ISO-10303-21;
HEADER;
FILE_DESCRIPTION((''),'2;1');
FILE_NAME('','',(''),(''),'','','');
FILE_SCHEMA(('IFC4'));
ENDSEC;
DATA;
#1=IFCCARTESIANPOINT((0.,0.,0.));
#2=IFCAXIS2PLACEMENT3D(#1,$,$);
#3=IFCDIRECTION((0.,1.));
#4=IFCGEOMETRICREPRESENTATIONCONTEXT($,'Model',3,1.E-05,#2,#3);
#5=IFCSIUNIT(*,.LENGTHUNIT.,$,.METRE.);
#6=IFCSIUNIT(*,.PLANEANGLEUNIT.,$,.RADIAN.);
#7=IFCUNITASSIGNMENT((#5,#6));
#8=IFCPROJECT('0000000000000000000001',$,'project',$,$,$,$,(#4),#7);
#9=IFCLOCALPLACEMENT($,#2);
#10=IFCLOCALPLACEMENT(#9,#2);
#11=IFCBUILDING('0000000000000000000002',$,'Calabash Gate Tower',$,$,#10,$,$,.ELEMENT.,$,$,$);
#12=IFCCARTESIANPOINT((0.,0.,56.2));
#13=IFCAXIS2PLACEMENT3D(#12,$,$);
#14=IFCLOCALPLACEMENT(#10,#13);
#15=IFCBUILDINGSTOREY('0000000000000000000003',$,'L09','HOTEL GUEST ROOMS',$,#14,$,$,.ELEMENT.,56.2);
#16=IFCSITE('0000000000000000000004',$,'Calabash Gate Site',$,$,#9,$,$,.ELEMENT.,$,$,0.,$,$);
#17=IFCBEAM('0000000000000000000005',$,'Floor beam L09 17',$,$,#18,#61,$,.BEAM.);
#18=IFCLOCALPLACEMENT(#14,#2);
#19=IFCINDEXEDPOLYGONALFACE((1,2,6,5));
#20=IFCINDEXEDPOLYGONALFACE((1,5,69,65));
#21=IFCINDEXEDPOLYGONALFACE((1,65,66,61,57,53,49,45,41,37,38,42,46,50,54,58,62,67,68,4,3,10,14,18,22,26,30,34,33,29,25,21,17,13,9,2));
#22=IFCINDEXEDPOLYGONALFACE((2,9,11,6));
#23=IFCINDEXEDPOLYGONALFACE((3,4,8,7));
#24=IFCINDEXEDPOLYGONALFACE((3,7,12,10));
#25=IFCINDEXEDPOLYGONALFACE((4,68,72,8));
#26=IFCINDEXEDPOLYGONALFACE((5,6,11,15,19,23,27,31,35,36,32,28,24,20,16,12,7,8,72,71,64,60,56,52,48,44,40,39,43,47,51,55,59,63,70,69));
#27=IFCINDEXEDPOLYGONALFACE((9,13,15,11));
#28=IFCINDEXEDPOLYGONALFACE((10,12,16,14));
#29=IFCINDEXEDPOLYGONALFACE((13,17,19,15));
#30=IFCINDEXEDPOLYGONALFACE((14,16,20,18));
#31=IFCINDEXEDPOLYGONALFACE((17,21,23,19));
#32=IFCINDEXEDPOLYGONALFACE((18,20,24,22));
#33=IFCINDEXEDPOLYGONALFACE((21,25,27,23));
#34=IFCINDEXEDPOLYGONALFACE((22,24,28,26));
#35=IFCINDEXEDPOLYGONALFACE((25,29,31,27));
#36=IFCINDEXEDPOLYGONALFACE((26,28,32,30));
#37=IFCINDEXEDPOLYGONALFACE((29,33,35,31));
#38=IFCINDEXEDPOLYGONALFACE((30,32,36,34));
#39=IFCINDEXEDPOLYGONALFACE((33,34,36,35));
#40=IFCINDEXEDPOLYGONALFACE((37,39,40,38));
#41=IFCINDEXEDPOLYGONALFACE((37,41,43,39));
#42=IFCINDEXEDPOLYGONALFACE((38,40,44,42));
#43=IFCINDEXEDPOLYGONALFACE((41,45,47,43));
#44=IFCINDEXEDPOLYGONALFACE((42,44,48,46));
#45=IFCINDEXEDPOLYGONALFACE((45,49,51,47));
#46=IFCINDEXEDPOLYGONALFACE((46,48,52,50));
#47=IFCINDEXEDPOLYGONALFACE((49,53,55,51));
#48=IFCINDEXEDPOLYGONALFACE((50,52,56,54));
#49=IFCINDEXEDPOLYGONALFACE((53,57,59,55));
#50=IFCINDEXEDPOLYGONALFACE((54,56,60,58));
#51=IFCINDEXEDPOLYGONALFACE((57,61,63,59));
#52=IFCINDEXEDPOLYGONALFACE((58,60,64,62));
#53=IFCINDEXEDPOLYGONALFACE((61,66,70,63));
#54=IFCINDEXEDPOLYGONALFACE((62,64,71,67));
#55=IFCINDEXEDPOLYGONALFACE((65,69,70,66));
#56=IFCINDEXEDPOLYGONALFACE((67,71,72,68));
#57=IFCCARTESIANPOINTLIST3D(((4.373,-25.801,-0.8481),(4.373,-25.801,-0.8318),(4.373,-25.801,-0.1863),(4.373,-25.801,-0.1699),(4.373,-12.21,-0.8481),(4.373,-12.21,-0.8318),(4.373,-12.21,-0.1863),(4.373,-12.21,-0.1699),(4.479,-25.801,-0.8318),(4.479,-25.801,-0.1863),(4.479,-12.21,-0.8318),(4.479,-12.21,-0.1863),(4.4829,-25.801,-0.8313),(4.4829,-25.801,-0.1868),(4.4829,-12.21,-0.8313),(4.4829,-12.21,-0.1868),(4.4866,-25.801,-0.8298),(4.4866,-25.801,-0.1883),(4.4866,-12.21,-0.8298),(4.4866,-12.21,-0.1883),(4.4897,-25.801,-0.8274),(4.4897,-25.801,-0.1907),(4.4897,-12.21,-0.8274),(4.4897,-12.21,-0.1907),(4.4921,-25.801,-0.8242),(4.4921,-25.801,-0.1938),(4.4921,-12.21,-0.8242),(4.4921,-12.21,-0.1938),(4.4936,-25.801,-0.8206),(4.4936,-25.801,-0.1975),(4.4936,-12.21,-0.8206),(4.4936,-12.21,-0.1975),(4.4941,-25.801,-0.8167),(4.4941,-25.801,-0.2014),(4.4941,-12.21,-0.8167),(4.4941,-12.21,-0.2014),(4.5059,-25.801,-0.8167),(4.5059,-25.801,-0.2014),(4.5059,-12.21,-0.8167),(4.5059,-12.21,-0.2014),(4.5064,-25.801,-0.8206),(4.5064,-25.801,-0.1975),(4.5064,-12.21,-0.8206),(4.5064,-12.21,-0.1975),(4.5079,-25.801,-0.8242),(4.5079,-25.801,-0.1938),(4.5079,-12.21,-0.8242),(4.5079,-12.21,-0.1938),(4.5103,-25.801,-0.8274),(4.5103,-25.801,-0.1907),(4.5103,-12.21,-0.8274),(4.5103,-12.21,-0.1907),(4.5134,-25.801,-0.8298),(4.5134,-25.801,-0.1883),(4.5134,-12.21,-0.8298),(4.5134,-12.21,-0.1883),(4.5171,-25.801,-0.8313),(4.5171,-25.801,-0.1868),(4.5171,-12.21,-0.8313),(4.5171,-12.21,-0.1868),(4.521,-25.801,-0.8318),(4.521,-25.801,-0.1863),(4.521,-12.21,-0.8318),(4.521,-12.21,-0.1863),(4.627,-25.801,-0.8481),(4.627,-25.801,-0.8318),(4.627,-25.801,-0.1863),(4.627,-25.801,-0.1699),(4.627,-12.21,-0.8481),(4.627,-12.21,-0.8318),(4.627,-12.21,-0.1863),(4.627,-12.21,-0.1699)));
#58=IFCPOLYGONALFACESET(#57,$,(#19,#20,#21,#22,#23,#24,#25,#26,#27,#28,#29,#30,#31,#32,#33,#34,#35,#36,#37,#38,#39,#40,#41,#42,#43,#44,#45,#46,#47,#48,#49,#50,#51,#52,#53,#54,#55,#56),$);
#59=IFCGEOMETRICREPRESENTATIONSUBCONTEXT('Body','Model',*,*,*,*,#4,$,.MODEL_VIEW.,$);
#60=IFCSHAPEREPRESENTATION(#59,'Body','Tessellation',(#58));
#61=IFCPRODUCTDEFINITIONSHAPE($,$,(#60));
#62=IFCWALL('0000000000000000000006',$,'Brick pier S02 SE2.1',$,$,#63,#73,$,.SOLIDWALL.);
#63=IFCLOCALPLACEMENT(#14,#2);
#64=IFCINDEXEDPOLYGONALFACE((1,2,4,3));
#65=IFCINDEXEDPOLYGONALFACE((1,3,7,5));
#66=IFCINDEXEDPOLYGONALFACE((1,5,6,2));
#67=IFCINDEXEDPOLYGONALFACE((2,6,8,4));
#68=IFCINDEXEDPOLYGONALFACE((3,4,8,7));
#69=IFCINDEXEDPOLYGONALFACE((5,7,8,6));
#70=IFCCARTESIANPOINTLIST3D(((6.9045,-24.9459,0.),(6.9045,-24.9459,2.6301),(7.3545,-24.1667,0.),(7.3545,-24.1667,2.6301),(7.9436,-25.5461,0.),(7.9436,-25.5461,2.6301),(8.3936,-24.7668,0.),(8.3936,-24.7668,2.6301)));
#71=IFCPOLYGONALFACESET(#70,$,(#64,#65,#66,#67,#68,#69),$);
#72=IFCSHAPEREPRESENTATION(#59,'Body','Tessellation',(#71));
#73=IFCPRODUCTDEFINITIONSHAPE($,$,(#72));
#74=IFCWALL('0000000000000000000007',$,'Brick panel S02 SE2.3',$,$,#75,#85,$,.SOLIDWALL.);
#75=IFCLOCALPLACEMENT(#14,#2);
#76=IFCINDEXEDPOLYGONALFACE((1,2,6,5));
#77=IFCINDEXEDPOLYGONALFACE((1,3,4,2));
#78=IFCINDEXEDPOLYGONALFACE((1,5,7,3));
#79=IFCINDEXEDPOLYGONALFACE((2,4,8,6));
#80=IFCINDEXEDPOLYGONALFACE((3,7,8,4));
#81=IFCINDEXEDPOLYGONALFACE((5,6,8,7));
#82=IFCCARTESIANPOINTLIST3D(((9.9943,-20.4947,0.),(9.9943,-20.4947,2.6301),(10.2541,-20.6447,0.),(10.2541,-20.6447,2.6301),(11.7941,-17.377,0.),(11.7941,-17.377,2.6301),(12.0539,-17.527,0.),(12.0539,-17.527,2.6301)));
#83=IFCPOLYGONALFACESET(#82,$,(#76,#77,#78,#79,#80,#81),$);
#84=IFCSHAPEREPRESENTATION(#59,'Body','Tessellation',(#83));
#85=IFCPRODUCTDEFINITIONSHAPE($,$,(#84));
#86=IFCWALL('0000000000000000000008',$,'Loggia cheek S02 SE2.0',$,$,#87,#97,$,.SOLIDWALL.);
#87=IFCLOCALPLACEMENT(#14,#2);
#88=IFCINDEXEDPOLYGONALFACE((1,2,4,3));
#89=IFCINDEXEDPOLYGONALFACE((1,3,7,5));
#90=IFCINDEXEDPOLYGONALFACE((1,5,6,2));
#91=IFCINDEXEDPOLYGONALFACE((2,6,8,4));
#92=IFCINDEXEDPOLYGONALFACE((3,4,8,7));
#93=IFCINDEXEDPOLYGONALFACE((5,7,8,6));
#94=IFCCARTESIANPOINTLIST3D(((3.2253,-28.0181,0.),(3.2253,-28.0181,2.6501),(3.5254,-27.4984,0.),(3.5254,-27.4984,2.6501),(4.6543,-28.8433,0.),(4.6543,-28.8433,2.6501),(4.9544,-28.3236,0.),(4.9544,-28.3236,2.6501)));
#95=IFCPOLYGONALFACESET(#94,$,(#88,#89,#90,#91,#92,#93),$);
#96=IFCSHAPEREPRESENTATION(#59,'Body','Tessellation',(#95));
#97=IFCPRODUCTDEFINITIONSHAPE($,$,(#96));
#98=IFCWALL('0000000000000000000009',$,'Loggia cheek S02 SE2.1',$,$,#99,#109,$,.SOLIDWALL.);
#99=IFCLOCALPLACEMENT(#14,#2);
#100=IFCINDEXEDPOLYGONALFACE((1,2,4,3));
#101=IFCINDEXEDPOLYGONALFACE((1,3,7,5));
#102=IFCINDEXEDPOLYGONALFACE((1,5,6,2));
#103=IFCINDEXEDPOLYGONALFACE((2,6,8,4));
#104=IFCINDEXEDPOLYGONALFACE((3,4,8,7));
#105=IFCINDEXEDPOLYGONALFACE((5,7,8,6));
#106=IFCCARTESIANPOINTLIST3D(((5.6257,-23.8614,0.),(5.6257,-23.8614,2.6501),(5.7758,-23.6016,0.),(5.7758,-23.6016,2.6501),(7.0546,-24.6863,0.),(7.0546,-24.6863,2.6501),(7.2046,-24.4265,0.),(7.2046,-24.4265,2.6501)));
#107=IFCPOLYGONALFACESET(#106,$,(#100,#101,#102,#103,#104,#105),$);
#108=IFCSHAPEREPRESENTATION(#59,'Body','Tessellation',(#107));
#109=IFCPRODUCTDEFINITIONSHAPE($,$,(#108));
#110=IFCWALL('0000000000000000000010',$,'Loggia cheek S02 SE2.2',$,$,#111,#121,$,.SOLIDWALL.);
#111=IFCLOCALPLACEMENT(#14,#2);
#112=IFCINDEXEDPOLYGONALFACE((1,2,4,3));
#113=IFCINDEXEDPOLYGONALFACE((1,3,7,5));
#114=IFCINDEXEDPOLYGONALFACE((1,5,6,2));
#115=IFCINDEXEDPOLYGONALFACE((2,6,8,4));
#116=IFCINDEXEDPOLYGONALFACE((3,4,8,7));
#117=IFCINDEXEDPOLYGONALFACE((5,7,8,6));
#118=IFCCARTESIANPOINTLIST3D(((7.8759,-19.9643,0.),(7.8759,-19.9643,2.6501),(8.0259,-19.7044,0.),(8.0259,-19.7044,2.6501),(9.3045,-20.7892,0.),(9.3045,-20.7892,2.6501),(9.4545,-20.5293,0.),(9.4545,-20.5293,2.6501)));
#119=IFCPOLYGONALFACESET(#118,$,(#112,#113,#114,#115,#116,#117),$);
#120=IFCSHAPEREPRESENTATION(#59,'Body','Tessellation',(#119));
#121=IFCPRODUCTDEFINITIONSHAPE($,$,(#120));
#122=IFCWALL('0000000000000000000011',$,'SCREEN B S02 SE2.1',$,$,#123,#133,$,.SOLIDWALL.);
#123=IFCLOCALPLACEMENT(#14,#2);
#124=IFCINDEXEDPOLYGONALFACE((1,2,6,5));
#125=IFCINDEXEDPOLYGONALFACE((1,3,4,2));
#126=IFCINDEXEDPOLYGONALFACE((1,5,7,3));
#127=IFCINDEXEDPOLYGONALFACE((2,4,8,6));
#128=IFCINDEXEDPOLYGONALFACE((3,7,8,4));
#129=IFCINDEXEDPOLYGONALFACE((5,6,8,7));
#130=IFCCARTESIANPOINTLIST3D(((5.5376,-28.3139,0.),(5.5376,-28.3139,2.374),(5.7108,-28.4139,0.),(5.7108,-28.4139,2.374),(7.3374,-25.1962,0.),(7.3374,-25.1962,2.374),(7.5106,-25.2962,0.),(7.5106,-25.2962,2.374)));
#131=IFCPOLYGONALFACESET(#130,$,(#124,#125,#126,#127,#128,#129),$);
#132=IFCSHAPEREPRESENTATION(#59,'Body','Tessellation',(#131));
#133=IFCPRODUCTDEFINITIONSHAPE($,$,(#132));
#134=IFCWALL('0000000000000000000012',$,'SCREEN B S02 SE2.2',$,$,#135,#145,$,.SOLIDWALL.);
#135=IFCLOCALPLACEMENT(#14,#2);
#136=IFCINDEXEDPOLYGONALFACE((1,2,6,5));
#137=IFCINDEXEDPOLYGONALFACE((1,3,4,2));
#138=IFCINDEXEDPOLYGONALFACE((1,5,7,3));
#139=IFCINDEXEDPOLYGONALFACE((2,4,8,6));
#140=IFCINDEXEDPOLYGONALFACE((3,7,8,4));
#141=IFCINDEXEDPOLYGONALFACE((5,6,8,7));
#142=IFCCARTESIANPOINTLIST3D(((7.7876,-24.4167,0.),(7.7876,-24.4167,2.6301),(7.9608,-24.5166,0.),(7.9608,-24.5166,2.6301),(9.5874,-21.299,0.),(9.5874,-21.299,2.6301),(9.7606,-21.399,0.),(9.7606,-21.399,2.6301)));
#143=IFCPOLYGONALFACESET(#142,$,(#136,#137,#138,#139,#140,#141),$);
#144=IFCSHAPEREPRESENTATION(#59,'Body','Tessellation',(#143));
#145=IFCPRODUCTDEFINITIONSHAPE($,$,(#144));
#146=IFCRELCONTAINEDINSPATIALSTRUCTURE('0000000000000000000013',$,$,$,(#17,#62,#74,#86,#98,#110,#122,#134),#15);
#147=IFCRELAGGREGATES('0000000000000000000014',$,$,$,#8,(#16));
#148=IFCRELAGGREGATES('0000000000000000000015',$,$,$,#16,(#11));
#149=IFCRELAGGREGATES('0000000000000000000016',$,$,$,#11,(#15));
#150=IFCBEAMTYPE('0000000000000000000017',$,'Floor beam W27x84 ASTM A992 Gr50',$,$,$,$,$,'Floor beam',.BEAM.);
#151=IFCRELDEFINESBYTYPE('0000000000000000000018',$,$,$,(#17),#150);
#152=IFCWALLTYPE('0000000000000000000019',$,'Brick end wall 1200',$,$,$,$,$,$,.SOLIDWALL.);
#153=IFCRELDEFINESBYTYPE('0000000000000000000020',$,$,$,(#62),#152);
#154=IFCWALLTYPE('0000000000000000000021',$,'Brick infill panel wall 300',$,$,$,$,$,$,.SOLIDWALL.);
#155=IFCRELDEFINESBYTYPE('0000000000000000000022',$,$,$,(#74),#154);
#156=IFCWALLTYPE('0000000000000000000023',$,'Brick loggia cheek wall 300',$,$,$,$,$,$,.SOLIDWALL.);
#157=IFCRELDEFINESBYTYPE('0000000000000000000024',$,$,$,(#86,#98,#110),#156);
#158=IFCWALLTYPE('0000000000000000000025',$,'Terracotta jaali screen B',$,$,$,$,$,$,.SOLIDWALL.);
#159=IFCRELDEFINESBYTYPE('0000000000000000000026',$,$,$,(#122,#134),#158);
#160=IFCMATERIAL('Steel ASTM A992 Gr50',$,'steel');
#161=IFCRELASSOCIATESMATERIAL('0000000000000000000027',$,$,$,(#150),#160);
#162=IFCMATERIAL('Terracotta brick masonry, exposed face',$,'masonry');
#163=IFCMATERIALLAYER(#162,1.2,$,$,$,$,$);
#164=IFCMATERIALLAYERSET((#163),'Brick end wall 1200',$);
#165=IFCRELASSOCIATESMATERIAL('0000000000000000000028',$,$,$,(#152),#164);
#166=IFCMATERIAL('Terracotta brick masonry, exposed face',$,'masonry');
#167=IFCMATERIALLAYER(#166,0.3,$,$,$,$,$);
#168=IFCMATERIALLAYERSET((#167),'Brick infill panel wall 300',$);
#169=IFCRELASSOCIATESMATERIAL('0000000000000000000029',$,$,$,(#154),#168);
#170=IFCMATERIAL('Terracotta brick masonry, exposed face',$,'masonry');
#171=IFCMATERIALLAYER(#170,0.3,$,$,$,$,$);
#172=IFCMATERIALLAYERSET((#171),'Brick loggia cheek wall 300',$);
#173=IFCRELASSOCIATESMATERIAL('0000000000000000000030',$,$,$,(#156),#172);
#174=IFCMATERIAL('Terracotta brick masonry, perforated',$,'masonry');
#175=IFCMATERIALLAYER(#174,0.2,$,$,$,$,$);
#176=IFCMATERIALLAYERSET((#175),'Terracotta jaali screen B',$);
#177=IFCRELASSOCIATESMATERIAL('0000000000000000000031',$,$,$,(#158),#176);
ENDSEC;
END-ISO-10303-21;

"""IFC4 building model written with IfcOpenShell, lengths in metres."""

from ifc_helpers import new_model, si_unit, direction, frame, frame_2d, origin, origin_2d, place, context, subcontext, project, spatial, rectangle, i_section, extrude, material, layer, layer_set, material_profile, profile_set, type_object, element, save


model = new_model("IFC4")

# Units and contexts
model_context = context("Model", 3, precision=1e-05, world=origin(), true_north=direction((0.0, 1.0)))
body_context = subcontext(model_context, "Body", "Model", "MODEL_VIEW")
ifc_project = project(units=[si_unit("LENGTHUNIT", "METRE"), si_unit("PLANEANGLEUNIT", "RADIAN")], contexts=[model_context])

# Site, building, storey
site_placement = place(None, origin())
site = spatial("IfcSite", under=ifc_project, at=site_placement, Name="Calabash Gate Site", CompositionType="ELEMENT", RefElevation=0.0)
building_placement = place(site_placement, origin())
building = spatial("IfcBuilding", under=site, at=building_placement, Name="Calabash Gate Tower", CompositionType="ELEMENT")
storey_placement = place(building_placement, frame((0.0, 0.0, 56.2)))
storey = spatial("IfcBuildingStorey", under=building, at=storey_placement, Name="L09", Description="HOTEL GUEST ROOMS", CompositionType="ELEMENT", Elevation=56.2)

# Beam
ifc_material_1 = material(Name="Steel ASTM A992 Gr50", Category="steel")
ifc_material_profile_1 = material_profile(ifc_material_1, i_section(OverallWidth=0.2539, OverallDepth=0.6782, WebThickness=0.0117, FlangeThickness=0.0164, FilletRadius=0.0151, at=origin_2d()))
ifc_profile_set_1 = profile_set([ifc_material_profile_1], Name="Steel ASTM A992 Gr50")
beam_type_1 = type_object("IfcBeamType", Name="Floor beam W27x84 ASTM A992 Gr50", ElementType="Floor beam", PredefinedType="BEAM", material=ifc_profile_set_1)
beam_1_placement = place(storey_placement, frame((4.5, -25.801, -0.509), z_axis=(0.0, 1.0, 0.0), x_axis=(-1.0, 0.0, 0.0)))
element("IfcBeam", 1, at=beam_1_placement, inside=storey, type_object=beam_type_1, Name="Floor beam L09 17", PredefinedType="BEAM", context=body_context, shape_type="SweptSolid", body=[
    extrude(i_section(OverallWidth=0.2539, OverallDepth=0.6782, WebThickness=0.0117, FlangeThickness=0.0164, FilletRadius=0.0151, at=origin_2d()), origin(), (0.0, 0.0, 1.0), 13.5911),
])

# Walls
ifc_material_2 = material(Name="Terracotta brick masonry, exposed face", Category="masonry")
ifc_layer_1 = layer(ifc_material_2, 1.2)
ifc_layer_set_1 = layer_set([ifc_layer_1], Name="Brick end wall 1200")
wall_type_1 = type_object("IfcWallType", Name="Brick end wall 1200", PredefinedType="SOLIDWALL", material=ifc_layer_set_1)
wall_1_placement = place(storey_placement, frame((8.1687, -25.1565, 0.0), z_axis=(0.0, 0.0, 1.0), x_axis=(-0.865955, 0.500122, 0.0)))
element("IfcWall", 2, at=wall_1_placement, inside=storey, type_object=wall_type_1, Name="Brick pier S02 SE2.1", PredefinedType="SOLIDWALL", context=body_context, shape_type="SweptSolid", body=[
    extrude(rectangle(XDim=1.2, YDim=0.8999, at=frame_2d((0.6001, 0.0))), origin(), (0.0, 0.0, 1.0), 2.6301),
])
ifc_material_3 = material(Name="Terracotta brick masonry, exposed face", Category="masonry")
ifc_layer_2 = layer(ifc_material_3, 0.3)
ifc_layer_set_2 = layer_set([ifc_layer_2], Name="Brick infill panel wall 300")
wall_type_2 = type_object("IfcWallType", Name="Brick infill panel wall 300", PredefinedType="SOLIDWALL", material=ifc_layer_set_2)
wall_2_placement = place(storey_placement, frame((10.1243, -20.5696, 0.0), z_axis=(0.0, 0.0, 1.0), x_axis=(0.499961, 0.866048, 0.0)))
element("IfcWall", 3, at=wall_2_placement, inside=storey, type_object=wall_type_2, Name="Brick panel S02 SE2.3", PredefinedType="SOLIDWALL", context=body_context, shape_type="SweptSolid", body=[
    extrude(rectangle(XDim=3.5999, YDim=0.3, at=frame_2d((1.7998, 0.0))), origin(), (0.0, 0.0, 1.0), 2.6301),
])
ifc_material_4 = material(Name="Terracotta brick masonry, exposed face", Category="masonry")
ifc_layer_3 = layer(ifc_material_4, 0.3)
ifc_layer_set_3 = layer_set([ifc_layer_3], Name="Brick loggia cheek wall 300")
wall_type_3 = type_object("IfcWallType", Name="Brick loggia cheek wall 300", PredefinedType="SOLIDWALL", material=ifc_layer_set_3)
wall_3_placement = place(storey_placement, frame((4.8044, -28.5835, 0.0), z_axis=(0.0, 0.0, 1.0), x_axis=(-0.865976, 0.500085, 0.0)))
element("IfcWall", 4, at=wall_3_placement, inside=storey, type_object=wall_type_3, Name="Loggia cheek S02 SE2.0", PredefinedType="SOLIDWALL", context=body_context, shape_type="SweptSolid", body=[
    extrude(rectangle(XDim=1.6501, YDim=0.6001, at=frame_2d((0.8252, 0.0))), origin(), (0.0, 0.0, 1.0), 2.6501),
])
wall_4_placement = place(storey_placement, frame((7.1296, -24.5564, 0.0), z_axis=(0.0, 0.0, 1.0), x_axis=(-0.86604, 0.499974, 0.0)))
element("IfcWall", 5, at=wall_4_placement, inside=storey, type_object=wall_type_3, Name="Loggia cheek S02 SE2.1", PredefinedType="SOLIDWALL", context=body_context, shape_type="SweptSolid", body=[
    extrude(rectangle(XDim=1.6499, YDim=0.3, at=frame_2d((0.825, 0.0))), origin(), (0.0, 0.0, 1.0), 2.6501),
])
wall_5_placement = place(storey_placement, frame((9.3794, -20.6592, 0.0), z_axis=(0.0, 0.0, 1.0), x_axis=(-0.866003, 0.500038, 0.0)))
element("IfcWall", 6, at=wall_5_placement, inside=storey, type_object=wall_type_3, Name="Loggia cheek S02 SE2.2", PredefinedType="SOLIDWALL", context=body_context, shape_type="SweptSolid", body=[
    extrude(rectangle(XDim=1.6497, YDim=0.3, at=frame_2d((0.8247, 0.0))), origin(), (0.0, 0.0, 1.0), 2.6501),
])
ifc_material_5 = material(Name="Terracotta brick masonry, perforated", Category="masonry")
ifc_layer_4 = layer(ifc_material_5, 0.2)
ifc_layer_set_4 = layer_set([ifc_layer_4], Name="Terracotta jaali screen B")
wall_type_4 = type_object("IfcWallType", Name="Terracotta jaali screen B", PredefinedType="SOLIDWALL", material=ifc_layer_set_4)
wall_6_placement = place(storey_placement, frame((5.6243, -28.3638, 0.0), z_axis=(0.0, 0.0, 1.0), x_axis=(0.499961, 0.866048, 0.0)))
element("IfcWall", 7, at=wall_6_placement, inside=storey, type_object=wall_type_4, Name="SCREEN B S02 SE2.1", PredefinedType="SOLIDWALL", context=body_context, shape_type="SweptSolid", body=[
    extrude(rectangle(XDim=3.5999, YDim=0.2, at=frame_2d((1.7998, 0.0))), origin(), (0.0, 0.0, 1.0), 2.374),
])
wall_7_placement = place(storey_placement, frame((7.8743, -24.4666, 0.0), z_axis=(0.0, 0.0, 1.0), x_axis=(0.499961, 0.866048, 0.0)))
element("IfcWall", 8, at=wall_7_placement, inside=storey, type_object=wall_type_4, Name="SCREEN B S02 SE2.2", PredefinedType="SOLIDWALL", context=body_context, shape_type="SweptSolid", body=[
    extrude(rectangle(XDim=3.5999, YDim=0.2, at=frame_2d((1.7998, 0.0))), origin(), (0.0, 0.0, 1.0), 2.6301),
])

save(model, "model.ifc")
